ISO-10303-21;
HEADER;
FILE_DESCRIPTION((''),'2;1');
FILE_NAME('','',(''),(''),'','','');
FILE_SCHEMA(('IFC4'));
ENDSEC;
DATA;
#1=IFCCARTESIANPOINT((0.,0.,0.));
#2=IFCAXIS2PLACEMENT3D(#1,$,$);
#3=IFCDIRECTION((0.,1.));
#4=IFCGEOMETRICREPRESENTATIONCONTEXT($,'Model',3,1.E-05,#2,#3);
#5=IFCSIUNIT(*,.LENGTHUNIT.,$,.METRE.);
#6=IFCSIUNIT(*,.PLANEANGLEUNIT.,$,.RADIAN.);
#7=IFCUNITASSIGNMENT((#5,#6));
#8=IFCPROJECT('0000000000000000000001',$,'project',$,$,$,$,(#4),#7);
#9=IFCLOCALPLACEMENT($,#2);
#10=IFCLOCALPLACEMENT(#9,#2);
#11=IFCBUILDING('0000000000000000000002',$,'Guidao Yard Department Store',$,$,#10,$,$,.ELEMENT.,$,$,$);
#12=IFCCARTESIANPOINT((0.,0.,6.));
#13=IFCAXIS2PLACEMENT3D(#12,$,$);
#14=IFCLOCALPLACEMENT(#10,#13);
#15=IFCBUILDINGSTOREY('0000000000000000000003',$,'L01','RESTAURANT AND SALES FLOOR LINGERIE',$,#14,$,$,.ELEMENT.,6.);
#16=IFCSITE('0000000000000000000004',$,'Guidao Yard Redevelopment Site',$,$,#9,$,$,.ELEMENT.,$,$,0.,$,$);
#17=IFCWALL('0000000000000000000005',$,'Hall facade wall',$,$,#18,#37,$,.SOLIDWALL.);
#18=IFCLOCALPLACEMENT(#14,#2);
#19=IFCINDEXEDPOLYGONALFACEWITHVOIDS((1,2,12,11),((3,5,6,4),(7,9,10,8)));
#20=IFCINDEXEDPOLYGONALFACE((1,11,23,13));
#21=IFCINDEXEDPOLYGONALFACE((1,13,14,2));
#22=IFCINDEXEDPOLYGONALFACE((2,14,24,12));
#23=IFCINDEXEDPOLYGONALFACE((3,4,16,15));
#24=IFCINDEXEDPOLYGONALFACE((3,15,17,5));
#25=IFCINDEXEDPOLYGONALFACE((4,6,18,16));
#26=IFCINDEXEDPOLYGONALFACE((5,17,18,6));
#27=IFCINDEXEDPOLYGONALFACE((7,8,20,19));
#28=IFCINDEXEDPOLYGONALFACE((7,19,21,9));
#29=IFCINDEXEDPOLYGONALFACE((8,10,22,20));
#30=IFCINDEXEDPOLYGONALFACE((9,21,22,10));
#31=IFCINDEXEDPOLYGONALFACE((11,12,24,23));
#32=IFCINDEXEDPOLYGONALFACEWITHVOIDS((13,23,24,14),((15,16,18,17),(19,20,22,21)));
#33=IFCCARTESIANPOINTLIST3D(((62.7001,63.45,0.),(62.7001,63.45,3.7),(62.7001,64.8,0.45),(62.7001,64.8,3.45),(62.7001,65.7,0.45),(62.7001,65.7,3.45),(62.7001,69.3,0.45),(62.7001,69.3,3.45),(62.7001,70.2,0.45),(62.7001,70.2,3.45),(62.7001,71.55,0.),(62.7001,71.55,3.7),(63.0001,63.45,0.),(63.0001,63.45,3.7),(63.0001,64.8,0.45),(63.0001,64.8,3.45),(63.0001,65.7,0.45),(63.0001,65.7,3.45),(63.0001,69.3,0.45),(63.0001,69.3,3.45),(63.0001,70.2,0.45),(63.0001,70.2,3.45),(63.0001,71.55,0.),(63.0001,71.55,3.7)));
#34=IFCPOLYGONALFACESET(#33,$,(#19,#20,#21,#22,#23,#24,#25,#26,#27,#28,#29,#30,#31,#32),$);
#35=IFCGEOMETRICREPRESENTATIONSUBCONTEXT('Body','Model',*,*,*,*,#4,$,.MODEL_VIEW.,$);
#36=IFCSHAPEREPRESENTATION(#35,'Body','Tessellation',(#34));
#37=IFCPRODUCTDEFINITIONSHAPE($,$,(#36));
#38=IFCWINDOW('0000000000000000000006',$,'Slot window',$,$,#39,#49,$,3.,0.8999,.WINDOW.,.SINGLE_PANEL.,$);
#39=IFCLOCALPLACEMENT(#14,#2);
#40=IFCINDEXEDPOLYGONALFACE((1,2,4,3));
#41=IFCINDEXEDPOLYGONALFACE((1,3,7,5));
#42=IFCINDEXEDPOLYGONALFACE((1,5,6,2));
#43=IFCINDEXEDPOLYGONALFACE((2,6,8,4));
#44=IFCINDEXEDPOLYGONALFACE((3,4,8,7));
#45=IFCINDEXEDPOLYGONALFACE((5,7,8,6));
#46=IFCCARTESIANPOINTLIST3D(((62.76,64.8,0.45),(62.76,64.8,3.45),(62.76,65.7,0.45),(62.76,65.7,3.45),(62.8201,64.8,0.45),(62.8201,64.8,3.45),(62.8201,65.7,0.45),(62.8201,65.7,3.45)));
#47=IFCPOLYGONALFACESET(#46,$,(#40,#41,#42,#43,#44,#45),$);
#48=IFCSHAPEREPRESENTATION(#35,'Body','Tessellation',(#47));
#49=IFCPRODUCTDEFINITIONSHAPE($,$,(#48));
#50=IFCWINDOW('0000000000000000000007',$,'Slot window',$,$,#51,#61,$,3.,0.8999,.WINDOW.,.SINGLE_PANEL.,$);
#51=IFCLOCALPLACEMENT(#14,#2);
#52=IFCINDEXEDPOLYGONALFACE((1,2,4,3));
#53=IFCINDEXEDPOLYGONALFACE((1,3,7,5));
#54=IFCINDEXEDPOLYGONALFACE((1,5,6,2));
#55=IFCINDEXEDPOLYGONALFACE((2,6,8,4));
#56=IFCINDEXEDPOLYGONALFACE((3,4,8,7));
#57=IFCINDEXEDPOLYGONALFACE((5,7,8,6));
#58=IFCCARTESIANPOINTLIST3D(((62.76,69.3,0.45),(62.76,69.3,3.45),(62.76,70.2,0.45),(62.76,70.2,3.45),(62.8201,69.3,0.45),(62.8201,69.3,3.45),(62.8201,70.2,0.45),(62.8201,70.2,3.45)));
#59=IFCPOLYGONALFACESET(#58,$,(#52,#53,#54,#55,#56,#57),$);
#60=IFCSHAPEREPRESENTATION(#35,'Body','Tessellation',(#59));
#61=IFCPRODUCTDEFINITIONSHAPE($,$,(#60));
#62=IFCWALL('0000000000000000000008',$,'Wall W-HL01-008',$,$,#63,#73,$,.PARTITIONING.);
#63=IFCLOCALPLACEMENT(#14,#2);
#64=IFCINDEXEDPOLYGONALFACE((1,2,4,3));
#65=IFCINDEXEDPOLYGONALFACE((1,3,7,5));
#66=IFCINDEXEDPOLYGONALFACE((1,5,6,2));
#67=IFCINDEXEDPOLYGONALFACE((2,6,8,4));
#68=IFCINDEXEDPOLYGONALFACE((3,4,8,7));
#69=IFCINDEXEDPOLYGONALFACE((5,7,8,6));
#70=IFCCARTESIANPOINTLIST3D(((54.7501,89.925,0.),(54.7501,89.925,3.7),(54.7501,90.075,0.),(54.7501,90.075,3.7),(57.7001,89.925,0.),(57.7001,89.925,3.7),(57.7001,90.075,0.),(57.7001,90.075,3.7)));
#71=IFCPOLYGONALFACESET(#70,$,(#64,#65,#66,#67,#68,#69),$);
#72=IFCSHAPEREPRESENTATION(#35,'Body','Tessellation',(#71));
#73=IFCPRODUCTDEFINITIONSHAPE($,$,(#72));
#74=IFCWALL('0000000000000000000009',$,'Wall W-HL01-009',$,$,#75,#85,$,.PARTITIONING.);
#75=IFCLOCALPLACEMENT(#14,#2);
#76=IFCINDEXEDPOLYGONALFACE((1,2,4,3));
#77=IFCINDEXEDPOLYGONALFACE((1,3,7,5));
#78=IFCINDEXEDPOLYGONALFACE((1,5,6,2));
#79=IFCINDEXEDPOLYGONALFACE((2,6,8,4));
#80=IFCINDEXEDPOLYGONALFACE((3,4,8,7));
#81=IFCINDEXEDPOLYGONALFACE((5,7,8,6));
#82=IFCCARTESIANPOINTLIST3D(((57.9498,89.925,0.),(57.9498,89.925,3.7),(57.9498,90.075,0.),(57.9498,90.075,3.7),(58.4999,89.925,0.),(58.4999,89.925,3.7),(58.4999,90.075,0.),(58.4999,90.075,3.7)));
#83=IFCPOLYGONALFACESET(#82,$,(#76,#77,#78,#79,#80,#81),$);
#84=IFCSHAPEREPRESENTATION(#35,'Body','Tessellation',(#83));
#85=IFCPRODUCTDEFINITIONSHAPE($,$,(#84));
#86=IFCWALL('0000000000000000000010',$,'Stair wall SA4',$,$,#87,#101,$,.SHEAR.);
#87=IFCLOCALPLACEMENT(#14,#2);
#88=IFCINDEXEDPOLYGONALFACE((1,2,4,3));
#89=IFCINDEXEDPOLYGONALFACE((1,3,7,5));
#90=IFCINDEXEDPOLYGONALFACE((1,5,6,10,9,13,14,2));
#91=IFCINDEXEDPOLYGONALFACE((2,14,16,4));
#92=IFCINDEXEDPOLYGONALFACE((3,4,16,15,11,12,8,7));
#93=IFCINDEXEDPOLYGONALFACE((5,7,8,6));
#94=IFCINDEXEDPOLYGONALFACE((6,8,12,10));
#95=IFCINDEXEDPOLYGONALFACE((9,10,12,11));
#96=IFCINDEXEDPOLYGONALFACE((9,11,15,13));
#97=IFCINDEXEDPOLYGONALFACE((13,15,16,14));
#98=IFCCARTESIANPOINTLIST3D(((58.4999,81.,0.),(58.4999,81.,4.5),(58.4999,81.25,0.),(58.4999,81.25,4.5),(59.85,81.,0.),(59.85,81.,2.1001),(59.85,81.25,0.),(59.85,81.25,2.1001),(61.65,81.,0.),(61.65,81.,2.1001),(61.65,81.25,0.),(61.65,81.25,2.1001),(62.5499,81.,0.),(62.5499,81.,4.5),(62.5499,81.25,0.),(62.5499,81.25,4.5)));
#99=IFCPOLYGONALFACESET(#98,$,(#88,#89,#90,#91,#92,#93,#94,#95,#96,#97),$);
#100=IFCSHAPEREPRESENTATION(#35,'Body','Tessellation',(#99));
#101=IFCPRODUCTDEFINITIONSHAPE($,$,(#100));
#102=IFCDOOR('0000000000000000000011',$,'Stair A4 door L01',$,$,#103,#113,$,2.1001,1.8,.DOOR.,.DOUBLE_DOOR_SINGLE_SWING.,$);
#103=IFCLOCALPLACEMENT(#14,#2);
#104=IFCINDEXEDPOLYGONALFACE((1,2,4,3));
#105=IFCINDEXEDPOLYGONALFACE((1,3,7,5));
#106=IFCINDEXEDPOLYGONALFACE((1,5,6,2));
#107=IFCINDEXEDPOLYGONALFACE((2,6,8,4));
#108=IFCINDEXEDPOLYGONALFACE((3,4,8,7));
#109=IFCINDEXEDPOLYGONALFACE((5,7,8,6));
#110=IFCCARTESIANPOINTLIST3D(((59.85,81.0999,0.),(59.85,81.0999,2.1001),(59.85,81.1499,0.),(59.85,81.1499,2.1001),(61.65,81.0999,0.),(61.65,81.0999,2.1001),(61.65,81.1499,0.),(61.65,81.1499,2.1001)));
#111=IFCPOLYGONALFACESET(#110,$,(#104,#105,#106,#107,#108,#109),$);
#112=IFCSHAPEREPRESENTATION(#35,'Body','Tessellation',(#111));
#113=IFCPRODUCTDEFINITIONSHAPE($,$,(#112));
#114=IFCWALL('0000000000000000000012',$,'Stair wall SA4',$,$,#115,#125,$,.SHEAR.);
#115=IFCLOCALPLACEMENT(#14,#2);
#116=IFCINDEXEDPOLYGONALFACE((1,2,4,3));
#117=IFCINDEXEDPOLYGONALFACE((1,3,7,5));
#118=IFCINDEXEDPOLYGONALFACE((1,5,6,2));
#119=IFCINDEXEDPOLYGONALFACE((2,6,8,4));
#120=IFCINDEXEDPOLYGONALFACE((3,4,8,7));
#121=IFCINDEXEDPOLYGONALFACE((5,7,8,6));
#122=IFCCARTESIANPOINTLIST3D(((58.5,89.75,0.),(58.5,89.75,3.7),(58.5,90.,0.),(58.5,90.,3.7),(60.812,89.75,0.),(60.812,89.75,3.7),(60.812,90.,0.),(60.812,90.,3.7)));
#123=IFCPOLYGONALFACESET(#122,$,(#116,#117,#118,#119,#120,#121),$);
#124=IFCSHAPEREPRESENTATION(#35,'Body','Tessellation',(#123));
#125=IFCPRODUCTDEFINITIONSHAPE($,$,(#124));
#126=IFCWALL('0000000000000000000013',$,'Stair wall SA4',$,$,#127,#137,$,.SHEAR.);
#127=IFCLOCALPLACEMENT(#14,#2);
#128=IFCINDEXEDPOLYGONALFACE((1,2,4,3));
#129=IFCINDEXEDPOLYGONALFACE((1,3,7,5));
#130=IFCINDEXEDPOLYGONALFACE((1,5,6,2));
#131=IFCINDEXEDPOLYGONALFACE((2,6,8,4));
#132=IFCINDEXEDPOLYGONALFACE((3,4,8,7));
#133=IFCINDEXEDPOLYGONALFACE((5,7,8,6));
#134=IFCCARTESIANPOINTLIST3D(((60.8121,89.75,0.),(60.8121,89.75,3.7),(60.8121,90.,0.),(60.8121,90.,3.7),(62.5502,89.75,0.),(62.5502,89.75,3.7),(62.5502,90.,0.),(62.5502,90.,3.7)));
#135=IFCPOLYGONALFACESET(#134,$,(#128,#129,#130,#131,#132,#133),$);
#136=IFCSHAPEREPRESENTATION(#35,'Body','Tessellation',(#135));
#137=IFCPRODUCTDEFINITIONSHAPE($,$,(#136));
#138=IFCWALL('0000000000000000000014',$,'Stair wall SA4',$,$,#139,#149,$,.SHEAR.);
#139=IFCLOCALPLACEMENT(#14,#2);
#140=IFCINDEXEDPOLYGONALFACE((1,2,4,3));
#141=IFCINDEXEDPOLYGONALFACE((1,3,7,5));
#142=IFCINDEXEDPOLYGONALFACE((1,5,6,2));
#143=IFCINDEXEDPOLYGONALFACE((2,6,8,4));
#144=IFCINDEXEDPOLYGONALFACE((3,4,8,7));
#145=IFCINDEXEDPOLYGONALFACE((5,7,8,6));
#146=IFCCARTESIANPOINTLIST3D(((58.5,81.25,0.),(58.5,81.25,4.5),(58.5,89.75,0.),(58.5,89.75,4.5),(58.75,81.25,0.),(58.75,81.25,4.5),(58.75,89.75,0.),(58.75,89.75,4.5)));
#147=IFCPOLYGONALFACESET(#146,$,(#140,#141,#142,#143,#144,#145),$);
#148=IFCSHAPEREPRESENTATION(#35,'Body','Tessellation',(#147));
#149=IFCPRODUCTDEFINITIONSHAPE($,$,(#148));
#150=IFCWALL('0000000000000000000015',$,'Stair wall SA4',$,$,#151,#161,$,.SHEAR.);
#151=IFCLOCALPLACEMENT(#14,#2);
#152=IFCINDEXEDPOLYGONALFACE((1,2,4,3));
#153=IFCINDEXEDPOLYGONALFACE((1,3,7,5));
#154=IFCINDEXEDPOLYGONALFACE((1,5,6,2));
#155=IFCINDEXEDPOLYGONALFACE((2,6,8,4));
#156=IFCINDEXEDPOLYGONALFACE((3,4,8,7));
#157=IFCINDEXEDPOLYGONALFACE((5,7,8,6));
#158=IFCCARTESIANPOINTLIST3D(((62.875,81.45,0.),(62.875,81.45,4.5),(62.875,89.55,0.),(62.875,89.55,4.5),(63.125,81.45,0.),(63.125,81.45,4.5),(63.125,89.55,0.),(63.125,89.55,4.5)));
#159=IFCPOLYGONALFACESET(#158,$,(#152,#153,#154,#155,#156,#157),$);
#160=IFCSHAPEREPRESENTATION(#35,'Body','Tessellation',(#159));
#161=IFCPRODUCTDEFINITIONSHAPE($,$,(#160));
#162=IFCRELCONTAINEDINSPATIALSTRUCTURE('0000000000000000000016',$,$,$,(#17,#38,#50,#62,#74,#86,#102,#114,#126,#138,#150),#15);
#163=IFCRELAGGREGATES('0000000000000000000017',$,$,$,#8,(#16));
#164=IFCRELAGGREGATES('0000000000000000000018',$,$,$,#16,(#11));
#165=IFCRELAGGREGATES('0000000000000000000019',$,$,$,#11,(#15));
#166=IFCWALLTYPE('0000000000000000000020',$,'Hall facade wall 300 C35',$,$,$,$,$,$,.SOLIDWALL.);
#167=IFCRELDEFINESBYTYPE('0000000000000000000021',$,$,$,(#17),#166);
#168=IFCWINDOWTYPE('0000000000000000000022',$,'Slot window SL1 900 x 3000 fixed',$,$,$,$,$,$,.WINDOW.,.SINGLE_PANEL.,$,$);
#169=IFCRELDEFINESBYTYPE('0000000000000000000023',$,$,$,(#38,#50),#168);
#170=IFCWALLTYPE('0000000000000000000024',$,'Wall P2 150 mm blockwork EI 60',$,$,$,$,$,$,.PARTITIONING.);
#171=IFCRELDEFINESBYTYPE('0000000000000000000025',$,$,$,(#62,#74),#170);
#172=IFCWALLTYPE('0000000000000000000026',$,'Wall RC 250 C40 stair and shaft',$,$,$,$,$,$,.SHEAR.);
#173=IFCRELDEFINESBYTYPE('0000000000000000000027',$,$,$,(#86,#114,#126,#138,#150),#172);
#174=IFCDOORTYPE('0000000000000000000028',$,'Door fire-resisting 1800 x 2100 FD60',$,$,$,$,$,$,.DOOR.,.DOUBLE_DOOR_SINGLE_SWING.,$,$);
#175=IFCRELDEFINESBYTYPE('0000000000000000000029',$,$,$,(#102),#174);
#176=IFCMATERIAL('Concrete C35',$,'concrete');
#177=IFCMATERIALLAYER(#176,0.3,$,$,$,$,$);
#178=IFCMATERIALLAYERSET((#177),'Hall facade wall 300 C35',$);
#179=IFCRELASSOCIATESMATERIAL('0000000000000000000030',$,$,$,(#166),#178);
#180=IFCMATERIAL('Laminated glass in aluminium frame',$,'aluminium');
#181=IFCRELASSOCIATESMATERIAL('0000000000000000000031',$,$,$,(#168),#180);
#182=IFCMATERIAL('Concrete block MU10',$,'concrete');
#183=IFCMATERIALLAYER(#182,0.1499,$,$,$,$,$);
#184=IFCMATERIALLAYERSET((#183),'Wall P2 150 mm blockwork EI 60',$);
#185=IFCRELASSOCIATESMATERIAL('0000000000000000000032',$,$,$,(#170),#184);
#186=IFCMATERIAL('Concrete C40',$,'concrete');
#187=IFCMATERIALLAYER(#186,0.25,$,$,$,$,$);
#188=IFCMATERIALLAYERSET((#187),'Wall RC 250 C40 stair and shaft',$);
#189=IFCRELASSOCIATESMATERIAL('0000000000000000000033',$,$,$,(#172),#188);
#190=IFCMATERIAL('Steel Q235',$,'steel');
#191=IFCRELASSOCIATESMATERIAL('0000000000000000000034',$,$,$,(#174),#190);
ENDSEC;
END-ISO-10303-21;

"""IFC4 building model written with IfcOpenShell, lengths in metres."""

from ifc_helpers import new_model, si_unit, direction, frame, frame_2d, origin, place, context, subcontext, project, spatial, rectangle, extrude, material, layer, layer_set, type_object, element, fill, save


model = new_model("IFC4")

# Units and contexts
model_context = context("Model", 3, precision=1e-05, world=origin(), true_north=direction((0.0, 1.0)))
body_context = subcontext(model_context, "Body", "Model", "MODEL_VIEW")
ifc_project = project(units=[si_unit("LENGTHUNIT", "METRE"), si_unit("PLANEANGLEUNIT", "RADIAN")], contexts=[model_context])

# Site, building, storey
site_placement = place(None, origin())
site = spatial("IfcSite", under=ifc_project, at=site_placement, Name="Guidao Yard Redevelopment Site", CompositionType="ELEMENT", RefElevation=0.0)
building_placement = place(site_placement, origin())
building = spatial("IfcBuilding", under=site, at=building_placement, Name="Guidao Yard Department Store", CompositionType="ELEMENT")
storey_placement = place(building_placement, frame((0.0, 0.0, 6.0)))
storey = spatial("IfcBuildingStorey", under=building, at=storey_placement, Name="L01", Description="RESTAURANT AND SALES FLOOR LINGERIE", CompositionType="ELEMENT", Elevation=6.0)

# Wall, openings, windows
ifc_material_1 = material(Name="Concrete C35", Category="concrete")
ifc_layer_1 = layer(ifc_material_1, 0.3)
ifc_layer_set_1 = layer_set([ifc_layer_1], Name="Hall facade wall 300 C35")
wall_type_1 = type_object("IfcWallType", Name="Hall facade wall 300 C35", PredefinedType="SOLIDWALL", material=ifc_layer_set_1)
wall_1_placement = place(storey_placement, frame((62.8501, 71.55, 0.0), z_axis=(0.0, 0.0, 1.0), x_axis=(0.0, -1.0, 0.0)))
wall_1 = element("IfcWall", 1, at=wall_1_placement, inside=storey, type_object=wall_type_1, Name="Hall facade wall", PredefinedType="SOLIDWALL", context=body_context, shape_type="SweptSolid", body=[
    extrude(rectangle(XDim=8.1001, YDim=0.3, at=frame_2d((4.05, 0.0))), origin(), (0.0, 0.0, 1.0), 3.7),
])
opening_1_placement = place(wall_1_placement, frame((5.8501, 0.0, 0.45)))
opening_1 = element("IfcOpeningElement", 2, at=opening_1_placement, cuts=wall_1, PredefinedType="OPENING", context=body_context, shape_type="SweptSolid", body=[
    extrude(rectangle(XDim=0.8999, YDim=3.0, at=frame_2d((0.45, 1.5))), frame((0.0, 0.1599, 0.0), z_axis=(0.0, -1.0, 0.0), x_axis=(1.0, 0.0, 0.0)), (0.0, 0.0, 1.0), 0.3201),
])
opening_2_placement = place(wall_1_placement, frame((1.3501, 0.0, 0.45)))
opening_2 = element("IfcOpeningElement", 3, at=opening_2_placement, cuts=wall_1, PredefinedType="OPENING", context=body_context, shape_type="SweptSolid", body=[
    extrude(rectangle(XDim=0.8999, YDim=3.0, at=frame_2d((0.45, 1.5))), frame((0.0, 0.1599, 0.0), z_axis=(0.0, -1.0, 0.0), x_axis=(1.0, 0.0, 0.0)), (0.0, 0.0, 1.0), 0.3201),
])
ifc_material_2 = material(Name="Laminated glass in aluminium frame", Category="aluminium")
window_type = type_object("IfcWindowType", Name="Slot window SL1 900 x 3000 fixed", PartitioningType="SINGLE_PANEL", PredefinedType="WINDOW", material=ifc_material_2)
window_1_placement = place(opening_1_placement, origin())
window_1 = element("IfcWindow", 4, at=window_1_placement, inside=storey, type_object=window_type, Name="Slot window", OverallHeight=3.0, OverallWidth=0.8999, PartitioningType="SINGLE_PANEL", PredefinedType="WINDOW", context=body_context, shape_type="SweptSolid", body=[
    extrude(rectangle(XDim=0.8999, YDim=3.0, at=frame_2d((0.45, 1.5))), frame((0.0, -0.03, 0.0), z_axis=(0.0, -1.0, 0.0), x_axis=(1.0, 0.0, 0.0)), (0.0, 0.0, 1.0), 0.0601),
])
fill(opening_1, window_1)
window_2_placement = place(opening_2_placement, origin())
window_2 = element("IfcWindow", 5, at=window_2_placement, inside=storey, type_object=window_type, Name="Slot window", OverallHeight=3.0, OverallWidth=0.8999, PartitioningType="SINGLE_PANEL", PredefinedType="WINDOW", context=body_context, shape_type="SweptSolid", body=[
    extrude(rectangle(XDim=0.8999, YDim=3.0, at=frame_2d((0.45, 1.5))), frame((0.0, -0.03, 0.0), z_axis=(0.0, -1.0, 0.0), x_axis=(1.0, 0.0, 0.0)), (0.0, 0.0, 1.0), 0.0601),
])
fill(opening_2, window_2)

# Walls
ifc_material_3 = material(Name="Concrete block MU10", Category="concrete")
ifc_layer_2 = layer(ifc_material_3, 0.1499)
ifc_layer_set_2 = layer_set([ifc_layer_2], Name="Wall P2 150 mm blockwork EI 60")
wall_type_2 = type_object("IfcWallType", Name="Wall P2 150 mm blockwork EI 60", PredefinedType="PARTITIONING", material=ifc_layer_set_2)
wall_2_placement = place(storey_placement, frame((54.75, 90.0, 0.0), z_axis=(0.0, 0.0, 1.0), x_axis=(1.0, 0.0, 0.0)))
element("IfcWall", 6, at=wall_2_placement, inside=storey, type_object=wall_type_2, Name="Wall W-HL01-008", PredefinedType="PARTITIONING", context=body_context, shape_type="SweptSolid", body=[
    extrude(rectangle(XDim=2.95, YDim=0.1499, at=frame_2d((1.4751, 0.0))), origin(), (0.0, 0.0, 1.0), 3.7),
])
wall_3_placement = place(storey_placement, frame((57.95, 90.0, 0.0), z_axis=(0.0, 0.0, 1.0), x_axis=(1.0, 0.0, 0.0)))
element("IfcWall", 7, at=wall_3_placement, inside=storey, type_object=wall_type_2, Name="Wall W-HL01-009", PredefinedType="PARTITIONING", context=body_context, shape_type="SweptSolid", body=[
    extrude(rectangle(XDim=0.55, YDim=0.1499, at=frame_2d((0.2749, 0.0))), origin(), (0.0, 0.0, 1.0), 3.7),
])

# Wall, opening, door
ifc_material_4 = material(Name="Concrete C40", Category="concrete")
ifc_layer_3 = layer(ifc_material_4, 0.25)
ifc_layer_set_3 = layer_set([ifc_layer_3], Name="Wall RC 250 C40 stair and shaft")
wall_type_3 = type_object("IfcWallType", Name="Wall RC 250 C40 stair and shaft", PredefinedType="SHEAR", material=ifc_layer_set_3)
wall_4_placement = place(storey_placement, frame((58.5, 81.125, 0.0), z_axis=(0.0, 0.0, 1.0), x_axis=(1.0, 0.0, 0.0)))
wall_4 = element("IfcWall", 8, at=wall_4_placement, inside=storey, type_object=wall_type_3, Name="Stair wall SA4", PredefinedType="SHEAR", context=body_context, shape_type="SweptSolid", body=[
    extrude(rectangle(XDim=4.05, YDim=0.25, at=frame_2d((2.0249, 0.0))), origin(), (0.0, 0.0, 1.0), 4.5),
])
opening_3_placement = place(wall_4_placement, frame((1.3501, 0.0, 0.0)))
opening_3 = element("IfcOpeningElement", 9, at=opening_3_placement, cuts=wall_4, PredefinedType="OPENING", context=body_context, shape_type="SweptSolid", body=[
    extrude(rectangle(XDim=1.8, YDim=2.1001, at=frame_2d((0.8999, 1.05))), frame((0.0, 0.135, 0.0), z_axis=(0.0, -1.0, 0.0), x_axis=(1.0, 0.0, 0.0)), (0.0, 0.0, 1.0), 0.27),
])
ifc_material_5 = material(Name="Steel Q235", Category="steel")
door_type_1 = type_object("IfcDoorType", Name="Door fire-resisting 1800 x 2100 FD60", OperationType="DOUBLE_DOOR_SINGLE_SWING", PredefinedType="DOOR", material=ifc_material_5)
door_1_placement = place(opening_3_placement, origin())
door_1 = element("IfcDoor", 10, at=door_1_placement, inside=storey, type_object=door_type_1, Name="Stair A4 door L01", OperationType="DOUBLE_DOOR_SINGLE_SWING", OverallHeight=2.1001, OverallWidth=1.8, PredefinedType="DOOR", context=body_context, shape_type="SweptSolid", body=[
    extrude(rectangle(XDim=1.8, YDim=2.1001, at=frame_2d((0.8999, 1.05))), frame((0.0, 0.0249, 0.0), z_axis=(0.0, -1.0, 0.0), x_axis=(1.0, 0.0, 0.0)), (0.0, 0.0, 1.0), 0.05),
])
fill(opening_3, door_1)

# Walls
wall_5_placement = place(storey_placement, frame((58.5, 89.875, 0.0), z_axis=(0.0, 0.0, 1.0), x_axis=(1.0, 0.0, 0.0)))
element("IfcWall", 11, at=wall_5_placement, inside=storey, type_object=wall_type_3, Name="Stair wall SA4", PredefinedType="SHEAR", context=body_context, shape_type="SweptSolid", body=[
    extrude(rectangle(XDim=2.312, YDim=0.25, at=frame_2d((1.156, 0.0))), origin(), (0.0, 0.0, 1.0), 3.7),
])
wall_6_placement = place(storey_placement, frame((60.812, 89.875, 0.0), z_axis=(0.0, 0.0, 1.0), x_axis=(1.0, 0.0, 0.0)))
element("IfcWall", 12, at=wall_6_placement, inside=storey, type_object=wall_type_3, Name="Stair wall SA4", PredefinedType="SHEAR", context=body_context, shape_type="SweptSolid", body=[
    extrude(rectangle(XDim=1.738, YDim=0.25, at=frame_2d((0.8691, 0.0))), origin(), (0.0, 0.0, 1.0), 3.7),
])
wall_7_placement = place(storey_placement, frame((58.625, 81.25, 0.0), z_axis=(0.0, 0.0, 1.0), x_axis=(0.0, 1.0, 0.0)))
element("IfcWall", 13, at=wall_7_placement, inside=storey, type_object=wall_type_3, Name="Stair wall SA4", PredefinedType="SHEAR", context=body_context, shape_type="SweptSolid", body=[
    extrude(rectangle(XDim=8.5, YDim=0.25, at=frame_2d((4.25, 0.0))), origin(), (0.0, 0.0, 1.0), 4.5),
])
wall_8_placement = place(storey_placement, frame((63.0, 81.45, 0.0), z_axis=(0.0, 0.0, 1.0), x_axis=(0.0, 1.0, 0.0)))
element("IfcWall", 14, at=wall_8_placement, inside=storey, type_object=wall_type_3, Name="Stair wall SA4", PredefinedType="SHEAR", context=body_context, shape_type="SweptSolid", body=[
    extrude(rectangle(XDim=8.1001, YDim=0.25, at=frame_2d((4.05, 0.0))), origin(), (0.0, 0.0, 1.0), 4.5),
])

save(model, "model.ifc")
